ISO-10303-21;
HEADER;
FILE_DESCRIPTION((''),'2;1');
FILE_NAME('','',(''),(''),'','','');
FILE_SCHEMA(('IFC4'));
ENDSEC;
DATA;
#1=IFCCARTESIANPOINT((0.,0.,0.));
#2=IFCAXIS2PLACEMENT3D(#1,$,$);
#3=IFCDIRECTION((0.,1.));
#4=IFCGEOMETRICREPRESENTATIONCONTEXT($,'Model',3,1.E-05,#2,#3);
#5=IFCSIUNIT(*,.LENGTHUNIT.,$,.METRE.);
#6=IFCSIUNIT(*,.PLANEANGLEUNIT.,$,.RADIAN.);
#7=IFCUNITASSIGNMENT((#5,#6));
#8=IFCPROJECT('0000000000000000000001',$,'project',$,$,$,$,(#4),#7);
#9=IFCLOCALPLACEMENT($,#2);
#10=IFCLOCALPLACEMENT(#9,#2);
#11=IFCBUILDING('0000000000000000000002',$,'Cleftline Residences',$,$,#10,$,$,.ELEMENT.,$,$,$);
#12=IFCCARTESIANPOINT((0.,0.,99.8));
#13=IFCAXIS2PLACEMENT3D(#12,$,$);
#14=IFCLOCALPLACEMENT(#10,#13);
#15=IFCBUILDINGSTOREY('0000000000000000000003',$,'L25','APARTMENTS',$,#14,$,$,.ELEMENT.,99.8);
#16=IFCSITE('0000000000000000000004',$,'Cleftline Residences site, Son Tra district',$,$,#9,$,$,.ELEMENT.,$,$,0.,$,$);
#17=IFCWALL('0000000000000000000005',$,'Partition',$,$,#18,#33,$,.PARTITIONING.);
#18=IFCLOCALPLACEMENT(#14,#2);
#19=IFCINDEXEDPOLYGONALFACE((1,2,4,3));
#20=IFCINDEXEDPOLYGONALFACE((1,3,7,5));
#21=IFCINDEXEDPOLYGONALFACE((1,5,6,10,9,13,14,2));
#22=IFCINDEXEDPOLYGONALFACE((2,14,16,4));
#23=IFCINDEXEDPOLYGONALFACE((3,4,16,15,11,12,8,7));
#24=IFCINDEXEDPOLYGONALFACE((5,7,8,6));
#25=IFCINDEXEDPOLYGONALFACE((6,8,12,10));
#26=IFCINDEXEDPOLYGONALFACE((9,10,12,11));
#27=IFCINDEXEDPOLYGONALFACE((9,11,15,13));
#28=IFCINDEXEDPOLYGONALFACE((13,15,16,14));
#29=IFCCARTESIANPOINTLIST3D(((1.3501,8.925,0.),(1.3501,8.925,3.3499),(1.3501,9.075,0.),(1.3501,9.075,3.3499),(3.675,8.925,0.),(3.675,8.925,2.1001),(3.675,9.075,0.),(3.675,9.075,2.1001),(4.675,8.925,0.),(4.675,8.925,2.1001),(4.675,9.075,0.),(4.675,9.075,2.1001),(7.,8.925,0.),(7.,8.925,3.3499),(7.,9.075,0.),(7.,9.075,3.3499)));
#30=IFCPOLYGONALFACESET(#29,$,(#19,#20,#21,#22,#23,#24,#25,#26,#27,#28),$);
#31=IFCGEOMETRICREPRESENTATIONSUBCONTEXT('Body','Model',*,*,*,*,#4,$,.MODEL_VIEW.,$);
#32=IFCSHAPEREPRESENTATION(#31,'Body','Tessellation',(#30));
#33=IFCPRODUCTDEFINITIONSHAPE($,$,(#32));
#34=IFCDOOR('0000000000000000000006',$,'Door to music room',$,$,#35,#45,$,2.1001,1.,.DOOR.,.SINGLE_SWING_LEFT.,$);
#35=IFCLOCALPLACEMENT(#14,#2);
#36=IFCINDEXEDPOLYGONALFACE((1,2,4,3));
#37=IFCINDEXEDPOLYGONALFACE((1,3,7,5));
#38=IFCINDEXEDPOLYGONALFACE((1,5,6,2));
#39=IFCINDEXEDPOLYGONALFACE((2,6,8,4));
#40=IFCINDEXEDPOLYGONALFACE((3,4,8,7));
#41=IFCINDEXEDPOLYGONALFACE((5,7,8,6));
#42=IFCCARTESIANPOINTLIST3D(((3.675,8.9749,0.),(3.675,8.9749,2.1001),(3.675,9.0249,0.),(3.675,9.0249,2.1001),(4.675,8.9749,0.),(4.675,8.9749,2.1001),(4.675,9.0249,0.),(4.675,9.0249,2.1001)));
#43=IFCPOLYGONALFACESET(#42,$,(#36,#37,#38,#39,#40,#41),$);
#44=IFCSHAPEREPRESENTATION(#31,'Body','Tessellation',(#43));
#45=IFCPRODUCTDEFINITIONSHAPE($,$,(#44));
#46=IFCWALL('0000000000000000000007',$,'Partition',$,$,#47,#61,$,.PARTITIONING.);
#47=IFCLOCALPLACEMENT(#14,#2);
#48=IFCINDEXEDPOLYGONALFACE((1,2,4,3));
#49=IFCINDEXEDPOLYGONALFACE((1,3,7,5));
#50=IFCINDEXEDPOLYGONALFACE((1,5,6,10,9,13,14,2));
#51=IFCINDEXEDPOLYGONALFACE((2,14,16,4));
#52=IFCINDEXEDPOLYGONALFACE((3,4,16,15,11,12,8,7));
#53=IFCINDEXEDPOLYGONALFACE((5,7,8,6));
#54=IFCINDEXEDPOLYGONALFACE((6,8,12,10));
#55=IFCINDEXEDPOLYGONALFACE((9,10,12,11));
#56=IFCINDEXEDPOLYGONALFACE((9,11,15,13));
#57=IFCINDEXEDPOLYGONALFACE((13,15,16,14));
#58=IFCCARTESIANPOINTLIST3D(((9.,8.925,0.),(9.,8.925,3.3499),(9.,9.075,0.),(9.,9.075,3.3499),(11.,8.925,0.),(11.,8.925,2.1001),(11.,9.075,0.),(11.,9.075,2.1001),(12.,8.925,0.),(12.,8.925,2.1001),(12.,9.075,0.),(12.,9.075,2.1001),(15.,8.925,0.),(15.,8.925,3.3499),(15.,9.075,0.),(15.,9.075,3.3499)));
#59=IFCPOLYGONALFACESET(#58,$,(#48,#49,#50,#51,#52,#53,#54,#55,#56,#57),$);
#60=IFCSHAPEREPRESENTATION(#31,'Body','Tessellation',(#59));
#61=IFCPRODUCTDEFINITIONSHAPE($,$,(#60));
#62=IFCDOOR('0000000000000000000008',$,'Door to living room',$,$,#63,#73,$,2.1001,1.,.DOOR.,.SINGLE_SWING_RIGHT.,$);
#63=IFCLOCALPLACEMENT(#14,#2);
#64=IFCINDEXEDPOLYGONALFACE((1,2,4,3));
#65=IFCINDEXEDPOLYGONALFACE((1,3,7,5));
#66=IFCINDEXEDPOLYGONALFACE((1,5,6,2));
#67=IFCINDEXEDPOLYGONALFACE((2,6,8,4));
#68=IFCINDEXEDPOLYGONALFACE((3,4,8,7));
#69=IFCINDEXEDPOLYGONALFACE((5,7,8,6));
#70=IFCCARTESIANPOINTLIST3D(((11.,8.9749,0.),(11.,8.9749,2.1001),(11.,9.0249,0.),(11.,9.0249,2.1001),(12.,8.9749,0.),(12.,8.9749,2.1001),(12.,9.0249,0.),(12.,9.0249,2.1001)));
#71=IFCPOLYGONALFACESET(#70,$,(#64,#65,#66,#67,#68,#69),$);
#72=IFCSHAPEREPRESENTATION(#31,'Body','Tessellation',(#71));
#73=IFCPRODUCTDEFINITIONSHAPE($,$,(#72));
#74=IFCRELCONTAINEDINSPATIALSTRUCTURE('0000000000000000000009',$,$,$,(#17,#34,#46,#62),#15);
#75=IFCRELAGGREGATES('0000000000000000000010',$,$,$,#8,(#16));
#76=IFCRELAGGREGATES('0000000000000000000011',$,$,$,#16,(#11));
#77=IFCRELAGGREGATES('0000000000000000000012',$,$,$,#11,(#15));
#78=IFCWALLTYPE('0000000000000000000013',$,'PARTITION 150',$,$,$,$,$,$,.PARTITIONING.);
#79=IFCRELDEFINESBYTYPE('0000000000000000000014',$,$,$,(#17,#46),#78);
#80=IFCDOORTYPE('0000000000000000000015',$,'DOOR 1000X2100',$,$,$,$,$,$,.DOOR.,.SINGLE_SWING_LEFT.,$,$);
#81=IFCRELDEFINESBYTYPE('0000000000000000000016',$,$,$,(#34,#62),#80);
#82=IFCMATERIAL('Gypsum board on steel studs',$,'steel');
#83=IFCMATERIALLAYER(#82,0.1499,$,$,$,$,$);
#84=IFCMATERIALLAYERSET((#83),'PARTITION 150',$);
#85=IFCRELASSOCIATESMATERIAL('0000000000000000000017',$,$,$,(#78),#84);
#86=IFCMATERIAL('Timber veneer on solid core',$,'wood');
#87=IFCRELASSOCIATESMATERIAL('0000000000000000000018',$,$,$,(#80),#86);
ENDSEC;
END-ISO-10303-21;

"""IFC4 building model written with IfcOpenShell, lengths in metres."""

from ifc_helpers import new_model, si_unit, direction, frame, frame_2d, origin, place, context, subcontext, project, spatial, rectangle, extrude, material, layer, layer_set, type_object, element, fill, save


model = new_model("IFC4")

# Units and contexts
model_context = context("Model", 3, precision=1e-05, world=origin(), true_north=direction((0.0, 1.0)))
body_context = subcontext(model_context, "Body", "Model", "MODEL_VIEW")
ifc_project = project(units=[si_unit("LENGTHUNIT", "METRE"), si_unit("PLANEANGLEUNIT", "RADIAN")], contexts=[model_context])

# Site, building, storey
site_placement = place(None, origin())
site = spatial("IfcSite", under=ifc_project, at=site_placement, Name="Cleftline Residences site, Son Tra district", CompositionType="ELEMENT", RefElevation=0.0)
building_placement = place(site_placement, origin())
building = spatial("IfcBuilding", under=site, at=building_placement, Name="Cleftline Residences", CompositionType="ELEMENT")
storey_placement = place(building_placement, frame((0.0, 0.0, 99.8)))
storey = spatial("IfcBuildingStorey", under=building, at=storey_placement, Name="L25", Description="APARTMENTS", CompositionType="ELEMENT", Elevation=99.8)

# Walls, openings, doors
ifc_material_1 = material(Name="Gypsum board on steel studs", Category="steel")
ifc_layer = layer(ifc_material_1, 0.1499)
ifc_layer_set = layer_set([ifc_layer], Name="PARTITION 150")
wall_type = type_object("IfcWallType", Name="PARTITION 150", PredefinedType="PARTITIONING", material=ifc_layer_set)
wall_1_placement = place(storey_placement, frame((1.3501, 9.0, 0.0), z_axis=(0.0, 0.0, 1.0), x_axis=(1.0, 0.0, 0.0)))
wall_1 = element("IfcWall", 1, at=wall_1_placement, inside=storey, type_object=wall_type, Name="Partition", PredefinedType="PARTITIONING", context=body_context, shape_type="SweptSolid", body=[
    extrude(rectangle(XDim=5.6499, YDim=0.1499, at=frame_2d((2.825, 0.0))), origin(), (0.0, 0.0, 1.0), 3.3499),
])
opening_1_placement = place(wall_1_placement, frame((2.325, 0.0, 0.0)))
opening_1 = element("IfcOpeningElement", 2, at=opening_1_placement, cuts=wall_1, PredefinedType="OPENING", context=body_context, shape_type="SweptSolid", body=[
    extrude(rectangle(XDim=1.0, YDim=2.1001, at=frame_2d((0.5, 1.05))), frame((0.0, 0.085, 0.0), z_axis=(0.0, -1.0, 0.0), x_axis=(1.0, 0.0, 0.0)), (0.0, 0.0, 1.0), 0.1699),
])
ifc_material_2 = material(Name="Timber veneer on solid core", Category="wood")
door_type_1 = type_object("IfcDoorType", Name="DOOR 1000X2100", OperationType="SINGLE_SWING_LEFT", PredefinedType="DOOR", material=ifc_material_2)
door_1_placement = place(opening_1_placement, origin())
door_1 = element("IfcDoor", 3, at=door_1_placement, inside=storey, type_object=door_type_1, Name="Door to music room", OperationType="SINGLE_SWING_LEFT", OverallHeight=2.1001, OverallWidth=1.0, PredefinedType="DOOR", context=body_context, shape_type="SweptSolid", body=[
    extrude(rectangle(XDim=1.0, YDim=2.1001, at=frame_2d((0.5, 1.05))), frame((0.0, 0.0249, 0.0), z_axis=(0.0, -1.0, 0.0), x_axis=(1.0, 0.0, 0.0)), (0.0, 0.0, 1.0), 0.05),
])
fill(opening_1, door_1)
wall_2_placement = place(storey_placement, frame((9.0, 9.0, 0.0), z_axis=(0.0, 0.0, 1.0), x_axis=(1.0, 0.0, 0.0)))
wall_2 = element("IfcWall", 4, at=wall_2_placement, inside=storey, type_object=wall_type, Name="Partition", PredefinedType="PARTITIONING", context=body_context, shape_type="SweptSolid", body=[
    extrude(rectangle(XDim=6.0, YDim=0.1499, at=frame_2d((3.0, 0.0))), origin(), (0.0, 0.0, 1.0), 3.3499),
])
opening_2_placement = place(wall_2_placement, frame((2.0, 0.0, 0.0)))
opening_2 = element("IfcOpeningElement", 5, at=opening_2_placement, cuts=wall_2, PredefinedType="OPENING", context=body_context, shape_type="SweptSolid", body=[
    extrude(rectangle(XDim=1.0, YDim=2.1001, at=frame_2d((0.5, 1.05))), frame((0.0, 0.085, 0.0), z_axis=(0.0, -1.0, 0.0), x_axis=(1.0, 0.0, 0.0)), (0.0, 0.0, 1.0), 0.1699),
])
door_2_placement = place(opening_2_placement, origin())
door_2 = element("IfcDoor", 6, at=door_2_placement, inside=storey, type_object=door_type_1, Name="Door to living room", OperationType="SINGLE_SWING_RIGHT", OverallHeight=2.1001, OverallWidth=1.0, PredefinedType="DOOR", context=body_context, shape_type="SweptSolid", body=[
    extrude(rectangle(XDim=1.0, YDim=2.1001, at=frame_2d((0.5, 1.05))), frame((0.0, 0.0249, 0.0), z_axis=(0.0, -1.0, 0.0), x_axis=(1.0, 0.0, 0.0)), (0.0, 0.0, 1.0), 0.05),
])
fill(opening_2, door_2)

save(model, "model.ifc")
